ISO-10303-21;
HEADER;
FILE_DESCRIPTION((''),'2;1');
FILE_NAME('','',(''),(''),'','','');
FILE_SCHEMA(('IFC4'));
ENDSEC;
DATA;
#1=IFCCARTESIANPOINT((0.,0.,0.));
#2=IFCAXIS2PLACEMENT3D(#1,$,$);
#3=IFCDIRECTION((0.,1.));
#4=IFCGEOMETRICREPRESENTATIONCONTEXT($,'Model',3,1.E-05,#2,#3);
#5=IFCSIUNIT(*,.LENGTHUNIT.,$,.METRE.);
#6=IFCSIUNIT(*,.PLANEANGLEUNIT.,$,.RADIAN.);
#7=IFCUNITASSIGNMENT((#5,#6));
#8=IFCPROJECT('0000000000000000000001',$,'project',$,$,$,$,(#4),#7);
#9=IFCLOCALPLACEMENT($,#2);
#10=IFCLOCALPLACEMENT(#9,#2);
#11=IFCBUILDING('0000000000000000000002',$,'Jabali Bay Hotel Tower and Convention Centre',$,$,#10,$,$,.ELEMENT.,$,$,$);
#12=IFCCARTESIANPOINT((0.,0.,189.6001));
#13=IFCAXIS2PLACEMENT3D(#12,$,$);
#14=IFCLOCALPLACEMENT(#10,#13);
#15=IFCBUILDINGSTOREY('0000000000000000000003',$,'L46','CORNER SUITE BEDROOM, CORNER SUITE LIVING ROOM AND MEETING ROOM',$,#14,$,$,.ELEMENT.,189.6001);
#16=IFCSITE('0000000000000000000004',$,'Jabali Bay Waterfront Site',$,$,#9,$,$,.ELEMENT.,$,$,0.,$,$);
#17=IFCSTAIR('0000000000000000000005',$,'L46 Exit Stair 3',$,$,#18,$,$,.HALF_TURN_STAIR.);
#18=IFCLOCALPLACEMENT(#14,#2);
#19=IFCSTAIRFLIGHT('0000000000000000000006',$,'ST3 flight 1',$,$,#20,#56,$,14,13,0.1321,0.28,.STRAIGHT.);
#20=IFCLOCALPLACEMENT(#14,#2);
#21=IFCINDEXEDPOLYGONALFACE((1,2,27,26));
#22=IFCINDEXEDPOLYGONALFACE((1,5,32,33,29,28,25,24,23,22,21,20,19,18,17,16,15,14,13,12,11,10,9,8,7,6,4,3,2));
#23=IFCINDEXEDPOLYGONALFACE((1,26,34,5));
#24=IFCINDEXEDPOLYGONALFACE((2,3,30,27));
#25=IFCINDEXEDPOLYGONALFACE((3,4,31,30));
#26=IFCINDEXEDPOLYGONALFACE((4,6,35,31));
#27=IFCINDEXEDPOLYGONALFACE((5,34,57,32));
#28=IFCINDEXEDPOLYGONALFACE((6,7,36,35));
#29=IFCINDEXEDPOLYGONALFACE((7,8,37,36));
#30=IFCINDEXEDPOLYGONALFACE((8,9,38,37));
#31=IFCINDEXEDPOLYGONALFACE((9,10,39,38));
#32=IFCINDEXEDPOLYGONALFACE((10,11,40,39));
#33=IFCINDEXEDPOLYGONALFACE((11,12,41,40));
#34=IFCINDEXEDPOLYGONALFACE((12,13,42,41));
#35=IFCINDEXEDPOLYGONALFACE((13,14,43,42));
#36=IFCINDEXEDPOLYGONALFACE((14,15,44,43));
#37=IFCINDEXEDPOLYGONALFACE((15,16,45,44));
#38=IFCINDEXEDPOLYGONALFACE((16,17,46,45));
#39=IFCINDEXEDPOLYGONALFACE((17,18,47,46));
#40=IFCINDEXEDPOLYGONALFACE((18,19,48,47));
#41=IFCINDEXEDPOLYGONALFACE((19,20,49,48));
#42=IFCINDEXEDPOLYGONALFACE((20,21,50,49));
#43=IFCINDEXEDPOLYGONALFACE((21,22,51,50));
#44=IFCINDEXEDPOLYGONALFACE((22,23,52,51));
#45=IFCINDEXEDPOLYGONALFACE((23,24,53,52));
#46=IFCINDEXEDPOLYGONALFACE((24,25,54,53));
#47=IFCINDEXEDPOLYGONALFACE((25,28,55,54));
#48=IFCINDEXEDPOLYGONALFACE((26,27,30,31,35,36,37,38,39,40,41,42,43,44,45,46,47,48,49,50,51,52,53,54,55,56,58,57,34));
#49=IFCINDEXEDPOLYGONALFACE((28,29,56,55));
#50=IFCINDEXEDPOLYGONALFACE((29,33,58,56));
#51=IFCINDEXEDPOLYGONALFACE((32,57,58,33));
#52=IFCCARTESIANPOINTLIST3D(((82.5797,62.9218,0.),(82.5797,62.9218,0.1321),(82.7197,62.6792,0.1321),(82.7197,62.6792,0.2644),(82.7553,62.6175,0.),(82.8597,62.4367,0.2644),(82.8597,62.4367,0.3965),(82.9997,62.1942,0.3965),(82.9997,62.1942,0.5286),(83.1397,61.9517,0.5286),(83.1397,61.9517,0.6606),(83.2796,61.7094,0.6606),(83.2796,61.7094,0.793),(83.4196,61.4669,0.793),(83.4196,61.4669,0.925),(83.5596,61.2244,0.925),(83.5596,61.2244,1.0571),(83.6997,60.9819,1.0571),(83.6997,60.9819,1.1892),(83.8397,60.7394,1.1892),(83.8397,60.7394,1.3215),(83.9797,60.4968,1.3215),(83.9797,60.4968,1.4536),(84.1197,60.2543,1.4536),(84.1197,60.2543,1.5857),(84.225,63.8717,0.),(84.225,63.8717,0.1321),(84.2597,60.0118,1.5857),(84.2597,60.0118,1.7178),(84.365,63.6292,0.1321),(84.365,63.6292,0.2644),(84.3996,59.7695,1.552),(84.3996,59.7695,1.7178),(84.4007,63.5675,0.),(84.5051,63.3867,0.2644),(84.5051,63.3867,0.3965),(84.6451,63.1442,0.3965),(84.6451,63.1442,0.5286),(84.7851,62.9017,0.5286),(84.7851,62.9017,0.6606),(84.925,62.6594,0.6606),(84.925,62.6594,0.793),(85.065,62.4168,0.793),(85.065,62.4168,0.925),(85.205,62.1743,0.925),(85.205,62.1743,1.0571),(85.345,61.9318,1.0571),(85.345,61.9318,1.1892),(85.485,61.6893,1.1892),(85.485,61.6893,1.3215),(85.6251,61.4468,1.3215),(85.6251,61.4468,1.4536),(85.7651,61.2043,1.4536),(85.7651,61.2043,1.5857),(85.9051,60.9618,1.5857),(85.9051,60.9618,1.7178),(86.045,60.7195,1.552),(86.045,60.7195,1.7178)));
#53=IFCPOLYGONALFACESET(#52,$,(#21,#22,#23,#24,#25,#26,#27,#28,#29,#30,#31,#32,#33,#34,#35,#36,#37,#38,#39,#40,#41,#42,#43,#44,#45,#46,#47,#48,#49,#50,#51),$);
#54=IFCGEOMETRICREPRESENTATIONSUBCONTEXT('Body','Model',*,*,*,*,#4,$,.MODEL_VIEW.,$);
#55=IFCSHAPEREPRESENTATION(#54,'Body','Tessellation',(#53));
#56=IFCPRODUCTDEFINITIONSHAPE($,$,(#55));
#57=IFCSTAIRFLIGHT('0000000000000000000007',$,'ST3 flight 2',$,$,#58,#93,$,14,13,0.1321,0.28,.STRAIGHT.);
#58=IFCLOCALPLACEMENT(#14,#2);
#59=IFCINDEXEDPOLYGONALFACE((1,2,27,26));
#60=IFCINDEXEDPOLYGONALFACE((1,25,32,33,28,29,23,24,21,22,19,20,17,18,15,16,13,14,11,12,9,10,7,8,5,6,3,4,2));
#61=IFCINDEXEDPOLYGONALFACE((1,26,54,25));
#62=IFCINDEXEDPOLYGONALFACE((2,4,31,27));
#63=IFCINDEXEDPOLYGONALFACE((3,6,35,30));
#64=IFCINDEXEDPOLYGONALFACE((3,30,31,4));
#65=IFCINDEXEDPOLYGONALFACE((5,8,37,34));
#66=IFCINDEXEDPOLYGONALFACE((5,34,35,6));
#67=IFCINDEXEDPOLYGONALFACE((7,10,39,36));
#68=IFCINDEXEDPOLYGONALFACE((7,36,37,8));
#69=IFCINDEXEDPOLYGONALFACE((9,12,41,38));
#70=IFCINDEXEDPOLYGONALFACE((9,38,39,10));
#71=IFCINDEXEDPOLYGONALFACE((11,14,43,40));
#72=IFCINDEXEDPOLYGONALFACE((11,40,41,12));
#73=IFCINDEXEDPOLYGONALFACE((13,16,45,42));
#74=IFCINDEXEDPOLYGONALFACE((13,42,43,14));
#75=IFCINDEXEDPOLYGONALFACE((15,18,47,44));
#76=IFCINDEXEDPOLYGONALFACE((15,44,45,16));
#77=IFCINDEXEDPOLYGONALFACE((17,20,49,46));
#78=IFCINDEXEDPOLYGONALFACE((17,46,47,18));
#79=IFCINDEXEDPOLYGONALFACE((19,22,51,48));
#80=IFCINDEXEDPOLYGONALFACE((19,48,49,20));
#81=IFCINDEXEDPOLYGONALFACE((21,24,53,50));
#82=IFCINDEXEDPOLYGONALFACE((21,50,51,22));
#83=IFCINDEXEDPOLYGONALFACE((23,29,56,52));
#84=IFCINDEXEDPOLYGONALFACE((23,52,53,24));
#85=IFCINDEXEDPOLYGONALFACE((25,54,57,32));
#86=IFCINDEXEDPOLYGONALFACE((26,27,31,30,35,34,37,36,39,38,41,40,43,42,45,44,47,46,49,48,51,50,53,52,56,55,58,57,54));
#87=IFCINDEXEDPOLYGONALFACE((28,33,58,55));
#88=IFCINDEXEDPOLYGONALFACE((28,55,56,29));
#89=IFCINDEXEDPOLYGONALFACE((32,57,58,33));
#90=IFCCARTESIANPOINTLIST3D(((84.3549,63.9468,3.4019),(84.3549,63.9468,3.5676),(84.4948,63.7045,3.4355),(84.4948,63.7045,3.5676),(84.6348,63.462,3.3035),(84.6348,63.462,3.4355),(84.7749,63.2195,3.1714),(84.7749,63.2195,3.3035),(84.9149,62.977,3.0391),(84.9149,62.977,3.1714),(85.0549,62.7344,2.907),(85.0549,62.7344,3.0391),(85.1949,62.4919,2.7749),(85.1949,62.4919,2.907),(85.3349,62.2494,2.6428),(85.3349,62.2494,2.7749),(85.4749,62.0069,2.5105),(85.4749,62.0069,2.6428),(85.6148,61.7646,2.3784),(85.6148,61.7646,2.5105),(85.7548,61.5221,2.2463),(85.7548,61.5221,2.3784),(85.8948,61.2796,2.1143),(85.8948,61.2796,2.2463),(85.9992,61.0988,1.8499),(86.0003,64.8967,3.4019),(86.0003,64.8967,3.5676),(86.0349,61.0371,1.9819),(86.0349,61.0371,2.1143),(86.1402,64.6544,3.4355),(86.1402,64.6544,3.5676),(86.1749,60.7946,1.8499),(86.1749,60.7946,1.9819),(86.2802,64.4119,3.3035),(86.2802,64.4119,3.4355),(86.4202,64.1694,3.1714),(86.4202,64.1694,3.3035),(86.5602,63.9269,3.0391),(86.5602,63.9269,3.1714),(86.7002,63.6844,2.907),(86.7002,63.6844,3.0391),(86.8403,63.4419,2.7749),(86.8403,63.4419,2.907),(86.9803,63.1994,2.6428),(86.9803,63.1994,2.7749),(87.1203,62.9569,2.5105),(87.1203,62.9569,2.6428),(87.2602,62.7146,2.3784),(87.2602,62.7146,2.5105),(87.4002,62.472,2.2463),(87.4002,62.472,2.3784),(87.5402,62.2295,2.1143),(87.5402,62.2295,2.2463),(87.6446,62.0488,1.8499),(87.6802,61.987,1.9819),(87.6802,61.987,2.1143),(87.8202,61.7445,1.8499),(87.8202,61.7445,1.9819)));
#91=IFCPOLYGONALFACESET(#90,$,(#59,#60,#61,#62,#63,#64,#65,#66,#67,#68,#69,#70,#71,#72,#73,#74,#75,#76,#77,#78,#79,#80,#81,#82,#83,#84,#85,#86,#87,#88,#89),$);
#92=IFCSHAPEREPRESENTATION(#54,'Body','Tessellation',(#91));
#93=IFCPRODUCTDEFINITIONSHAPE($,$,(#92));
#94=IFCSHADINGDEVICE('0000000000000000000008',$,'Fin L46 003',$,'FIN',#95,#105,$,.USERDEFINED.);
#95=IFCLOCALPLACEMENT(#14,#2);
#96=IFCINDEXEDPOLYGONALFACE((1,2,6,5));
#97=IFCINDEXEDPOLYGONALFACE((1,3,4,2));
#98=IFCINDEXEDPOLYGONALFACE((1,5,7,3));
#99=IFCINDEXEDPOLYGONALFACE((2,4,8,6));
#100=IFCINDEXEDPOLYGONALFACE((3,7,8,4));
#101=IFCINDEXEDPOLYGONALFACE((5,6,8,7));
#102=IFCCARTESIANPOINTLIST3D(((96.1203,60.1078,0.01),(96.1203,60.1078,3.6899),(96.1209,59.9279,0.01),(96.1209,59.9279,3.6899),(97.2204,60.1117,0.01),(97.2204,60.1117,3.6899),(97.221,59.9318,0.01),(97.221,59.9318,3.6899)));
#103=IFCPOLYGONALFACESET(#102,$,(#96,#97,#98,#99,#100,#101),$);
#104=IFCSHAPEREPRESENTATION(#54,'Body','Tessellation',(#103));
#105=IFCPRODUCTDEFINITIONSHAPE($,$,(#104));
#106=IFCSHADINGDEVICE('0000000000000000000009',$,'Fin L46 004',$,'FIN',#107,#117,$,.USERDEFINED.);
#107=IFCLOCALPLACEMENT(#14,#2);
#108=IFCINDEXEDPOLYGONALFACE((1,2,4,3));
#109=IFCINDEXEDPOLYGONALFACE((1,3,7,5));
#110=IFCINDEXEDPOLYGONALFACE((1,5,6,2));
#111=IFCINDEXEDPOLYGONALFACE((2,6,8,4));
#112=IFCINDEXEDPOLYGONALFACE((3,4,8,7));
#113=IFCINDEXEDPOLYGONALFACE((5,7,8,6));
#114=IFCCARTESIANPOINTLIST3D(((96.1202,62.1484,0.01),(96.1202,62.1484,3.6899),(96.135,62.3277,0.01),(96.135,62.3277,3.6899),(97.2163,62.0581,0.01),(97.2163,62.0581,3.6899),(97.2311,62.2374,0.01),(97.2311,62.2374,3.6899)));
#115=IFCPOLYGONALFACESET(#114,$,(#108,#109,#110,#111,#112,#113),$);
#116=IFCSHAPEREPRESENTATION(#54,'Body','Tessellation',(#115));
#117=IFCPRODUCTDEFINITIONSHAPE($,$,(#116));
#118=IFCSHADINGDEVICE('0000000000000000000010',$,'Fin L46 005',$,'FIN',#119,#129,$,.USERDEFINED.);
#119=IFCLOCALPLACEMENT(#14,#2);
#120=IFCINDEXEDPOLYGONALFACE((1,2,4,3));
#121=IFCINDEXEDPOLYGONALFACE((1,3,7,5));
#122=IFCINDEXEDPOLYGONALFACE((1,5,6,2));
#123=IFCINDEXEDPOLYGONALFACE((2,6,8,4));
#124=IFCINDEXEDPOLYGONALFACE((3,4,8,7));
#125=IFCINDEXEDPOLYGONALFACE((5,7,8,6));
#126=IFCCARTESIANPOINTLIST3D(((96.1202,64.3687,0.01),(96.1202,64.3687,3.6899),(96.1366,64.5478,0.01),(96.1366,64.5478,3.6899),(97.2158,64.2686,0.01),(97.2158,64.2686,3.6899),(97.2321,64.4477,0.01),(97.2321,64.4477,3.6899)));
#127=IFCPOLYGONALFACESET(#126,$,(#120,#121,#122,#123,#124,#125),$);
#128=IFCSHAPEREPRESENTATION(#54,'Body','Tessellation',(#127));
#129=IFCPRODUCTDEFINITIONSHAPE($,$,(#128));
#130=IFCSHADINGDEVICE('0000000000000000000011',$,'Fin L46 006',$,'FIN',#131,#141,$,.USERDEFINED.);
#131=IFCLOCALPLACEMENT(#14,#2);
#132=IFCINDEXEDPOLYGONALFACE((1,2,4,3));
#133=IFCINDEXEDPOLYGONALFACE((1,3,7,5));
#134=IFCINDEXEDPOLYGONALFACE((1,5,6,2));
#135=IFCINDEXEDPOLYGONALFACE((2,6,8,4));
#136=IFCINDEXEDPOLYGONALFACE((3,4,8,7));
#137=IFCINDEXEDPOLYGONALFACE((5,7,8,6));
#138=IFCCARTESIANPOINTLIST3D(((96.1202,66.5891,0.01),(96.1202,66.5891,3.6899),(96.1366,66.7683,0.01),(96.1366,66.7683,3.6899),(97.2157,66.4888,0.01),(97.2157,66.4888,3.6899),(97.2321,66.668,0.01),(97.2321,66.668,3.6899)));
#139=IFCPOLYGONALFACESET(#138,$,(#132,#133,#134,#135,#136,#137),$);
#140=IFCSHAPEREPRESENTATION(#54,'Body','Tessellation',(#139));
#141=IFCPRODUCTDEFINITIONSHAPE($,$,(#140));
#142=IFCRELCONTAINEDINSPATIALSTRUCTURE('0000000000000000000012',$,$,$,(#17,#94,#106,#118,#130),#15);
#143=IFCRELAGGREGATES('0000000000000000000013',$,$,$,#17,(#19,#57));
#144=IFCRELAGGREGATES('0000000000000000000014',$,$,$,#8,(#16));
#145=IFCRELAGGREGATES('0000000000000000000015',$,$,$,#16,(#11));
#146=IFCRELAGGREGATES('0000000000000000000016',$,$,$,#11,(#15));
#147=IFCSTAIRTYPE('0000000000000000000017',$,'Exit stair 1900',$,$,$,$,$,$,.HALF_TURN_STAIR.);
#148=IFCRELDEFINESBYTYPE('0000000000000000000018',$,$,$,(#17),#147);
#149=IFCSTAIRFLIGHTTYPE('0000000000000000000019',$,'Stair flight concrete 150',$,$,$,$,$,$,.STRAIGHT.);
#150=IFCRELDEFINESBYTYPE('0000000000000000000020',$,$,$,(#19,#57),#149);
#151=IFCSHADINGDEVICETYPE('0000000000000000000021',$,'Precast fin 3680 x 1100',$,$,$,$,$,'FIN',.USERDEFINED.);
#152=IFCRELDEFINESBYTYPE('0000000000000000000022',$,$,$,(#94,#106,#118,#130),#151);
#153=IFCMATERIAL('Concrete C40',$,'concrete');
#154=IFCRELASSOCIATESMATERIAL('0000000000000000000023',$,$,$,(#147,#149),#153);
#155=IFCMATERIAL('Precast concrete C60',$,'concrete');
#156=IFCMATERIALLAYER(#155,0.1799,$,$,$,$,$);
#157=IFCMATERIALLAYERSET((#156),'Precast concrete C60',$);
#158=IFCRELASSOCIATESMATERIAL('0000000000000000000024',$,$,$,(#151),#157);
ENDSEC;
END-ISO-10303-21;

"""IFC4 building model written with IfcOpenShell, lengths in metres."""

from ifc_helpers import new_model, si_unit, direction, frame, frame_2d, origin, place, context, subcontext, project, spatial, polyline, rectangle, outline, extrude, material, layer, layer_set, type_object, element, aggregate, save


model = new_model("IFC4")

# Units and contexts
model_context = context("Model", 3, precision=1e-05, world=origin(), true_north=direction((0.0, 1.0)))
body_context = subcontext(model_context, "Body", "Model", "MODEL_VIEW")
ifc_project = project(units=[si_unit("LENGTHUNIT", "METRE"), si_unit("PLANEANGLEUNIT", "RADIAN")], contexts=[model_context])

# Site, building, storey
site_placement = place(None, origin())
site = spatial("IfcSite", under=ifc_project, at=site_placement, Name="Jabali Bay Waterfront Site", CompositionType="ELEMENT", RefElevation=0.0)
building_placement = place(site_placement, origin())
building = spatial("IfcBuilding", under=site, at=building_placement, Name="Jabali Bay Hotel Tower and Convention Centre", CompositionType="ELEMENT")
storey_placement = place(building_placement, frame((0.0, 0.0, 189.6001)))
storey = spatial("IfcBuildingStorey", under=building, at=storey_placement, Name="L46", Description="CORNER SUITE BEDROOM, CORNER SUITE LIVING ROOM AND MEETING ROOM", CompositionType="ELEMENT", Elevation=189.6001)

# Shared definitions
ifc_material_1 = material(Name="Concrete C40", Category="concrete")

# Stair, stair flights
stair_type = type_object("IfcStairType", Name="Exit stair 1900", PredefinedType="HALF_TURN_STAIR", material=ifc_material_1)
stair_placement = place(storey_placement, origin())
stair = element("IfcStair", 1, at=stair_placement, inside=storey, type_object=stair_type, Name="L46 Exit Stair 3", PredefinedType="HALF_TURN_STAIR")
stair_flight_type = type_object("IfcStairFlightType", Name="Stair flight concrete 150", PredefinedType="STRAIGHT", material=ifc_material_1)
stair_flight_1_placement = place(storey_placement, frame((83.4023, 63.3967, 0.0), z_axis=(0.0, 0.0, 1.0), x_axis=(0.5, -0.866025, 0.0)))
stair_flight_1 = element("IfcStairFlight", 2, at=stair_flight_1_placement, type_object=stair_flight_type, Name="ST3 flight 1", NumberOfRisers=14, NumberOfTreads=13, PredefinedType="STRAIGHT", RiserHeight=0.1321, TreadLength=0.28, context=body_context, shape_type="SweptSolid", body=[
    extrude(outline(polyline([(0.0, 0.0), (0.0, 0.1321), (0.28, 0.1321), (0.28, 0.2644), (0.5601, 0.2644), (0.5601, 0.3965), (0.8401, 0.3965), (0.8401, 0.5286), (1.1201, 0.5286), (1.1201, 0.6606), (1.3999, 0.6606), (1.3999, 0.793), (1.6799, 0.793), (1.6799, 0.925), (1.96, 0.925), (1.96, 1.0571), (2.24, 1.0571), (2.24, 1.1892), (2.52, 1.1892), (2.52, 1.3215), (2.8, 1.3215), (2.8, 1.4536), (3.0801, 1.4536), (3.0801, 1.5857), (3.3601, 1.5857), (3.3601, 1.7178), (3.6399, 1.7178), (3.6399, 1.8501), (3.6399, 1.552), (0.3513, 0.0), (0.0, 0.0)])), frame((0.0, 0.95, 0.0), z_axis=(0.0, -1.0, 0.0), x_axis=(1.0, 0.0, 0.0)), (0.0, 0.0, 1.0), 1.8999),
])
stair_flight_2_placement = place(storey_placement, frame((86.9976, 61.2695, 1.8499), z_axis=(0.0, 0.0, 1.0), x_axis=(-0.5, 0.866025, 0.0)))
stair_flight_2 = element("IfcStairFlight", 3, at=stair_flight_2_placement, type_object=stair_flight_type, Name="ST3 flight 2", NumberOfRisers=14, NumberOfTreads=13, PredefinedType="STRAIGHT", RiserHeight=0.1321, TreadLength=0.28, context=body_context, shape_type="SweptSolid", body=[
    extrude(outline(polyline([(0.0, 0.0), (0.0, 0.1321), (0.28, 0.1321), (0.28, 0.2644), (0.5601, 0.2644), (0.5601, 0.3965), (0.8401, 0.3965), (0.8401, 0.5286), (1.1201, 0.5286), (1.1201, 0.6606), (1.3999, 0.6606), (1.3999, 0.793), (1.6799, 0.793), (1.6799, 0.925), (1.96, 0.925), (1.96, 1.0571), (2.24, 1.0571), (2.24, 1.1892), (2.52, 1.1892), (2.52, 1.3215), (2.8, 1.3215), (2.8, 1.4536), (3.0801, 1.4536), (3.0801, 1.5857), (3.3601, 1.5857), (3.3601, 1.7178), (3.6399, 1.7178), (3.6399, 1.8501), (3.6399, 1.552), (0.3513, 0.0), (0.0, 0.0)])), frame((0.0, 0.95, 0.0), z_axis=(0.0, -1.0, 0.0), x_axis=(1.0, 0.0, 0.0)), (0.0, 0.0, 1.0), 1.8999),
])
aggregate(stair, [stair_flight_1, stair_flight_2])

# Shading devices
ifc_material_2 = material(Name="Precast concrete C60", Category="concrete")
ifc_layer_1 = layer(ifc_material_2, 0.1799)
ifc_layer_set_1 = layer_set([ifc_layer_1], Name="Precast concrete C60")
shading_device_type = type_object("IfcShadingDeviceType", Name="Precast fin 3680 x 1100", ElementType="FIN", PredefinedType="USERDEFINED", material=ifc_layer_set_1)
shading_device_1_placement = place(storey_placement, frame((96.1206, 60.0178, 0.01), z_axis=(0.0, 0.0, 1.0), x_axis=(0.999994, 0.003551, 0.0)))
element("IfcShadingDevice", 4, at=shading_device_1_placement, inside=storey, type_object=shading_device_type, Name="Fin L46 003", ObjectType="FIN", PredefinedType="USERDEFINED", context=body_context, shape_type="SweptSolid", body=[
    extrude(rectangle(XDim=1.1001, YDim=0.1799, at=frame_2d((0.55, 0.0))), origin(), (0.0, 0.0, 1.0), 3.6799),
])
shading_device_2_placement = place(storey_placement, frame((96.1277, 62.238, 0.01), z_axis=(0.0, 0.0, 1.0), x_axis=(0.996622, -0.082127, 0.0)))
element("IfcShadingDevice", 5, at=shading_device_2_placement, inside=storey, type_object=shading_device_type, Name="Fin L46 004", ObjectType="FIN", PredefinedType="USERDEFINED", context=body_context, shape_type="SweptSolid", body=[
    extrude(rectangle(XDim=1.0999, YDim=0.1799, at=frame_2d((0.5498, 0.0))), origin(), (0.0, 0.0, 1.0), 3.6799),
])
for number, where, z_axis, x_axis, name in (
    (6, (96.1284, 64.4583, 0.01), (0.0, 0.0, 1.0), (0.995851, -0.090996, 0.0), "Fin L46 005"),
    (7, (96.1284, 66.6787, 0.01), (0.0, 0.0, 1.0), (0.995831, -0.091216, 0.0), "Fin L46 006"),
):
    element("IfcShadingDevice", number, at=place(storey_placement, frame(where, z_axis=z_axis, x_axis=x_axis)), inside=storey, type_object=shading_device_type, Name=name, ObjectType="FIN", PredefinedType="USERDEFINED", context=body_context, shape_type="SweptSolid", body=[
        extrude(rectangle(XDim=1.1001, YDim=0.1799, at=frame_2d((0.55, 0.0))), origin(), (0.0, 0.0, 1.0), 3.6799),
    ])

save(model, "model.ifc")
